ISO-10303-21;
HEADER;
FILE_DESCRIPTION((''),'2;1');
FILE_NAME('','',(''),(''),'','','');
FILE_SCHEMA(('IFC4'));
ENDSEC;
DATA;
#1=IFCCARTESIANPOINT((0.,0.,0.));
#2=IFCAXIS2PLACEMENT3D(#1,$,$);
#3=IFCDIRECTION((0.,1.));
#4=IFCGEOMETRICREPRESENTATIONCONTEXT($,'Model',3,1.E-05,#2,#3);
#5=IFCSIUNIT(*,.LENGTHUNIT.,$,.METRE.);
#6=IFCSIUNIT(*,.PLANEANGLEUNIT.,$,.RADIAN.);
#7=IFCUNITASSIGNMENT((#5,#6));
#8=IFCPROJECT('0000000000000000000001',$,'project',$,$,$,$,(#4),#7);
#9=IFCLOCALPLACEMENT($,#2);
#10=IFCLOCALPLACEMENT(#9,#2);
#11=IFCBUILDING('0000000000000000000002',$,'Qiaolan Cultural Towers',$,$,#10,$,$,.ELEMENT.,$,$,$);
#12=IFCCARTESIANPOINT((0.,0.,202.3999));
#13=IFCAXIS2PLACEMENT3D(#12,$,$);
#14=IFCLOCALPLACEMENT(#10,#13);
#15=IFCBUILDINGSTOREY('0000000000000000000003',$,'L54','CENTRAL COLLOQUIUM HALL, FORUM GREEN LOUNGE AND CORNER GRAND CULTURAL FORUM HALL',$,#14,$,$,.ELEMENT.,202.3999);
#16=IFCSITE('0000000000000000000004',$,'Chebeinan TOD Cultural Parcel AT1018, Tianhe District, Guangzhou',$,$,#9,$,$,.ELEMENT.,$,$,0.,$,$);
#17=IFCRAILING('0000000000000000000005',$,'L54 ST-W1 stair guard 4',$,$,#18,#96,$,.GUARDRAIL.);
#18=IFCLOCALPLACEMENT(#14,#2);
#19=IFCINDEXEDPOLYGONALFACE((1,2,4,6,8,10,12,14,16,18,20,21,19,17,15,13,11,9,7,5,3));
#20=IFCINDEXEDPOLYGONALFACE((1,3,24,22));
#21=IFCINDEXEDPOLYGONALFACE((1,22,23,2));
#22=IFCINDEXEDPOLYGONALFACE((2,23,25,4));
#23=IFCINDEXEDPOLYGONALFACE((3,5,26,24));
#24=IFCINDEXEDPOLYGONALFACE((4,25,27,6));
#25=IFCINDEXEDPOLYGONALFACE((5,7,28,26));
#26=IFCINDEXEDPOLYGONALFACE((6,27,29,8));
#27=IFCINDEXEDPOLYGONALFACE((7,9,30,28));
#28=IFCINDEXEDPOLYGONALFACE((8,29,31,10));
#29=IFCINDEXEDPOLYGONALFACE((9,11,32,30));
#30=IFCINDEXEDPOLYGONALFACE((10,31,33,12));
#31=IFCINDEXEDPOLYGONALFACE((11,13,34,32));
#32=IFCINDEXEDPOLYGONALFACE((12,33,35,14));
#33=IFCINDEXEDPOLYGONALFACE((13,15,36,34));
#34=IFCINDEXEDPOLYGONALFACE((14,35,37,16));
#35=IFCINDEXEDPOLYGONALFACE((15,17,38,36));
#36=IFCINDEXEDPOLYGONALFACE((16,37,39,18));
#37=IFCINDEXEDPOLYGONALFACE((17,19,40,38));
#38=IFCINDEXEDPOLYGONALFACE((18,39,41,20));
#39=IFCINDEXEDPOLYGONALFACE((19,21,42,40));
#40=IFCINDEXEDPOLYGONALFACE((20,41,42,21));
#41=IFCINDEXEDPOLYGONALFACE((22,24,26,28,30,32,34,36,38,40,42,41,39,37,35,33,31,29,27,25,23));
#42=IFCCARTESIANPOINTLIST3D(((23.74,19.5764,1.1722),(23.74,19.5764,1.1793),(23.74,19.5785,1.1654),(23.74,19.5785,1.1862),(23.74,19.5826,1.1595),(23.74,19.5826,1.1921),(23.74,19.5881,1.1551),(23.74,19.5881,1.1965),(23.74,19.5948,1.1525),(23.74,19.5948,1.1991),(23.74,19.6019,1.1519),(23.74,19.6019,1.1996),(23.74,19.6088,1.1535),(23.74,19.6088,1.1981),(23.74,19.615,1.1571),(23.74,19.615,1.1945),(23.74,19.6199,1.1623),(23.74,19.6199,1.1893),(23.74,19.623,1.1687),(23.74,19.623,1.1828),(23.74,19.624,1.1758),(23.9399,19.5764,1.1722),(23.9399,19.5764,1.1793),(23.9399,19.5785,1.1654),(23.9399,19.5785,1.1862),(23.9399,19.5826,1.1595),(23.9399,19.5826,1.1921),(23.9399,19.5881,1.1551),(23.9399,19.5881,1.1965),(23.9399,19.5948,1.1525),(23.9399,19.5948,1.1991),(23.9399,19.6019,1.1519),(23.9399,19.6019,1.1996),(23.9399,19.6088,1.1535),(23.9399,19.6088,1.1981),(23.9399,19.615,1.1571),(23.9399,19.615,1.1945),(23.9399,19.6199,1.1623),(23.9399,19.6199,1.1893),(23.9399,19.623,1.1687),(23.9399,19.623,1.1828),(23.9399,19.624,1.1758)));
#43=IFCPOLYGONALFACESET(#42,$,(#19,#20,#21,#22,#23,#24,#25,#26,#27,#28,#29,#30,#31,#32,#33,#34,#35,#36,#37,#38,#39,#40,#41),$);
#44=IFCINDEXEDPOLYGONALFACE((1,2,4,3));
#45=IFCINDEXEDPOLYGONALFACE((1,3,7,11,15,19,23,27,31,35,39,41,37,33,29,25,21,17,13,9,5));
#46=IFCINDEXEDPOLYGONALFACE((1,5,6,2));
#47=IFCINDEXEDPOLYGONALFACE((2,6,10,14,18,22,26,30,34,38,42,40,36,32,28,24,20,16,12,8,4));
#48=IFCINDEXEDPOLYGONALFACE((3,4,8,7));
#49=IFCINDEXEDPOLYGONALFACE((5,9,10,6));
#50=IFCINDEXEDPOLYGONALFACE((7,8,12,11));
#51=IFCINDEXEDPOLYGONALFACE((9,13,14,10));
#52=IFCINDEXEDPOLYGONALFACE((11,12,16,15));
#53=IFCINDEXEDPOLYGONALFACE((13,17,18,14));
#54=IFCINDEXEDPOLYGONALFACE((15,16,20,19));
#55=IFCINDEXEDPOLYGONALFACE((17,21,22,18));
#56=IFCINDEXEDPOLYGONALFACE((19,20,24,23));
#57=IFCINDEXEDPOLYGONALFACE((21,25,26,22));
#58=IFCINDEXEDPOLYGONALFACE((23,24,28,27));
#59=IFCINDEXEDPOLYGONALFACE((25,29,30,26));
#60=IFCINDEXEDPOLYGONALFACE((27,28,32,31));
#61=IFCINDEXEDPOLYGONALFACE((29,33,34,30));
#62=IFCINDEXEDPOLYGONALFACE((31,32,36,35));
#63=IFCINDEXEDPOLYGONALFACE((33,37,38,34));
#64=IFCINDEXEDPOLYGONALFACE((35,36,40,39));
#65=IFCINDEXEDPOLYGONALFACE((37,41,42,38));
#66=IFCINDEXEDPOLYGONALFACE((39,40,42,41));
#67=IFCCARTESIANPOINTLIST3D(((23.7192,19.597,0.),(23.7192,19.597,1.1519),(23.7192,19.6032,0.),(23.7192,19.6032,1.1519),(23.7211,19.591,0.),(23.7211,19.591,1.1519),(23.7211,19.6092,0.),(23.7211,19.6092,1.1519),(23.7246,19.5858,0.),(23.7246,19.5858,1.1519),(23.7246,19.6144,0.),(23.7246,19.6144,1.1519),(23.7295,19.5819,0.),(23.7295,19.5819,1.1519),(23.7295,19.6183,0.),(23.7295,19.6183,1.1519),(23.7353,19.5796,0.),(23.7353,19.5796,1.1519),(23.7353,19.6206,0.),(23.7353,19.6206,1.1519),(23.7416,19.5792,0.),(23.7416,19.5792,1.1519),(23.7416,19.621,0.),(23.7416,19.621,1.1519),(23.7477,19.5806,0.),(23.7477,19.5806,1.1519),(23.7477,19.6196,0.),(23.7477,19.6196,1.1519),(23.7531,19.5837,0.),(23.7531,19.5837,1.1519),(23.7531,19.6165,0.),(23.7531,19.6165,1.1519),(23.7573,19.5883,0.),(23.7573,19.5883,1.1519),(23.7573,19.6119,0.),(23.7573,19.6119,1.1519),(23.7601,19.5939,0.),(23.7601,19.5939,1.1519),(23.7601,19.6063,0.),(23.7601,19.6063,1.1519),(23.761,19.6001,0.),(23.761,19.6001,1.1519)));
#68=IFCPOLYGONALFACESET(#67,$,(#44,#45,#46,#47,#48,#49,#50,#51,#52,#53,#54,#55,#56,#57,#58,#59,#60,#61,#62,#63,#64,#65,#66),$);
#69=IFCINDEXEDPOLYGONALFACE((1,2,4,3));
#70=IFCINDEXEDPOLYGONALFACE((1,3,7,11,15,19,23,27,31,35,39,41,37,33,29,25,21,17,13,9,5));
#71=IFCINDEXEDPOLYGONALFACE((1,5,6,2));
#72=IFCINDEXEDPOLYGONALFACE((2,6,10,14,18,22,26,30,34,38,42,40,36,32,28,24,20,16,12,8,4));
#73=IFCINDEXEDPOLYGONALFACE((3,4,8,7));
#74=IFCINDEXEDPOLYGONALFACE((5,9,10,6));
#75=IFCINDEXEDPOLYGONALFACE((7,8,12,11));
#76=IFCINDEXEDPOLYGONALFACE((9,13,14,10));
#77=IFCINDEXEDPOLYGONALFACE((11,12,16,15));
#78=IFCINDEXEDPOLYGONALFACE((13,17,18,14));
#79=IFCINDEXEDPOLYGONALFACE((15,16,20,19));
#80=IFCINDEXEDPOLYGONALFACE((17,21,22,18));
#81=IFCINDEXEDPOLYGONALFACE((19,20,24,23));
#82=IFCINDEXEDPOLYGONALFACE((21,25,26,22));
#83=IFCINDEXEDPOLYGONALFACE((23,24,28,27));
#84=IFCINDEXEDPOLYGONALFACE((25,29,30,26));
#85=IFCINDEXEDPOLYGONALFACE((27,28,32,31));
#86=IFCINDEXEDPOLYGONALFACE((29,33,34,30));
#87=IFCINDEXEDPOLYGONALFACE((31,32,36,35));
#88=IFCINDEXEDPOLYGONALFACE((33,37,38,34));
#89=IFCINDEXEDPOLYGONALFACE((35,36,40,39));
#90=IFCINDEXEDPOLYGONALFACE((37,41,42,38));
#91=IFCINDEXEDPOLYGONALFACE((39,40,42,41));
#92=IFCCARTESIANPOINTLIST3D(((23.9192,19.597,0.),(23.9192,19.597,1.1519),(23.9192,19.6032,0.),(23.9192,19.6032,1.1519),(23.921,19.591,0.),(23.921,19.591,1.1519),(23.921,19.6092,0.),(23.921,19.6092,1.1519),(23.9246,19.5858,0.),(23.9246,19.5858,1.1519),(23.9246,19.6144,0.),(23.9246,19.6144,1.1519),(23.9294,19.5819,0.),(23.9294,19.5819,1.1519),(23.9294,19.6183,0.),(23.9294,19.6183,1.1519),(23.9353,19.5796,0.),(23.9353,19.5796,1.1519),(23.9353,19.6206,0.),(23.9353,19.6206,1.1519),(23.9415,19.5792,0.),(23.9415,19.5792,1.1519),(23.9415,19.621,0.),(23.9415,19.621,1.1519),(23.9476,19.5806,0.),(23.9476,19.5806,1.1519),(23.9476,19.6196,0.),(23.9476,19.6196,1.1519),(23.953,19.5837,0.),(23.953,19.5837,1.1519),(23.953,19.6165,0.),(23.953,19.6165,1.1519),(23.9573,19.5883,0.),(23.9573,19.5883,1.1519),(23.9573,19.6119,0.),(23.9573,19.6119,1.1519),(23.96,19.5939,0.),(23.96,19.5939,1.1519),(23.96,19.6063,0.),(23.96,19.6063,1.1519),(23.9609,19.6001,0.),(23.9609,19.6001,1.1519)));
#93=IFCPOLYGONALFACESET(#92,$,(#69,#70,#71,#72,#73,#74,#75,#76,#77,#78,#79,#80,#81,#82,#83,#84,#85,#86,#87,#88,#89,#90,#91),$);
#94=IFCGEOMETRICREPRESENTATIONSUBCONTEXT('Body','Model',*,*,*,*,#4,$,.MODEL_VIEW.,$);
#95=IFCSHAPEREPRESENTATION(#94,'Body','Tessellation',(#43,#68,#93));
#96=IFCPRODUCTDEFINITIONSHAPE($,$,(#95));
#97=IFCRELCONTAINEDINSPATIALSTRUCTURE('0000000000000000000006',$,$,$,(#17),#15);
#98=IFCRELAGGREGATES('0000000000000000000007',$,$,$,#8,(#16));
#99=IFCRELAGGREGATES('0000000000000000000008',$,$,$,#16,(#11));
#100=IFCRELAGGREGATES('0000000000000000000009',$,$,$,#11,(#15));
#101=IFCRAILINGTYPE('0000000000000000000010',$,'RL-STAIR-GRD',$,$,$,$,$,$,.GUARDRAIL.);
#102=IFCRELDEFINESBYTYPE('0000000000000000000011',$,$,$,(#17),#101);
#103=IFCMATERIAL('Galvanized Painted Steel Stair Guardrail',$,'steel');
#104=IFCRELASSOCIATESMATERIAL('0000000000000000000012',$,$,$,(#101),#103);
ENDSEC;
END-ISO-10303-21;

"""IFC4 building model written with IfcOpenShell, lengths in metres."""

from ifc_helpers import new_model, si_unit, direction, frame, origin, origin_2d, place, context, subcontext, project, spatial, circle, extrude, material, type_object, element, save


model = new_model("IFC4")

# Units and contexts
model_context = context("Model", 3, precision=1e-05, world=origin(), true_north=direction((0.0, 1.0)))
body_context = subcontext(model_context, "Body", "Model", "MODEL_VIEW")
ifc_project = project(units=[si_unit("LENGTHUNIT", "METRE"), si_unit("PLANEANGLEUNIT", "RADIAN")], contexts=[model_context])

# Site, building, storey
site_placement = place(None, origin())
site = spatial("IfcSite", under=ifc_project, at=site_placement, Name="Chebeinan TOD Cultural Parcel AT1018, Tianhe District, Guangzhou", CompositionType="ELEMENT", RefElevation=0.0)
building_placement = place(site_placement, origin())
building = spatial("IfcBuilding", under=site, at=building_placement, Name="Qiaolan Cultural Towers", CompositionType="ELEMENT")
storey_placement = place(building_placement, frame((0.0, 0.0, 202.3999)))
storey = spatial("IfcBuildingStorey", under=building, at=storey_placement, Name="L54", Description="CENTRAL COLLOQUIUM HALL, FORUM GREEN LOUNGE AND CORNER GRAND CULTURAL FORUM HALL", CompositionType="ELEMENT", Elevation=202.3999)

# Railing
ifc_material_1 = material(Name="Galvanized Painted Steel Stair Guardrail", Category="steel")
railing_type_1 = type_object("IfcRailingType", Name="RL-STAIR-GRD", PredefinedType="GUARDRAIL", material=ifc_material_1)
railing_1_placement = place(storey_placement, frame((23.74, 19.6001, 0.0)))
element("IfcRailing", 1, at=railing_1_placement, inside=storey, type_object=railing_type_1, Name="L54 ST-W1 stair guard 4", PredefinedType="GUARDRAIL", context=body_context, shape_type="SweptSolid", body=[
    extrude(circle(Radius=0.0239, at=origin_2d()), frame((0.0, 0.0, 1.1758), z_axis=(1.0, 0.0, 0.0), x_axis=(0.0, 1.0, 0.0)), (0.0, 0.0, 1.0), 0.2),
    extrude(circle(Radius=0.021, at=origin_2d()), origin(), (0.0, 0.0, 1.0), 1.1519),
    extrude(circle(Radius=0.021, at=origin_2d()), frame((0.2, 0.0, 0.0)), (0.0, 0.0, 1.0), 1.1519),
])

save(model, "model.ifc")
